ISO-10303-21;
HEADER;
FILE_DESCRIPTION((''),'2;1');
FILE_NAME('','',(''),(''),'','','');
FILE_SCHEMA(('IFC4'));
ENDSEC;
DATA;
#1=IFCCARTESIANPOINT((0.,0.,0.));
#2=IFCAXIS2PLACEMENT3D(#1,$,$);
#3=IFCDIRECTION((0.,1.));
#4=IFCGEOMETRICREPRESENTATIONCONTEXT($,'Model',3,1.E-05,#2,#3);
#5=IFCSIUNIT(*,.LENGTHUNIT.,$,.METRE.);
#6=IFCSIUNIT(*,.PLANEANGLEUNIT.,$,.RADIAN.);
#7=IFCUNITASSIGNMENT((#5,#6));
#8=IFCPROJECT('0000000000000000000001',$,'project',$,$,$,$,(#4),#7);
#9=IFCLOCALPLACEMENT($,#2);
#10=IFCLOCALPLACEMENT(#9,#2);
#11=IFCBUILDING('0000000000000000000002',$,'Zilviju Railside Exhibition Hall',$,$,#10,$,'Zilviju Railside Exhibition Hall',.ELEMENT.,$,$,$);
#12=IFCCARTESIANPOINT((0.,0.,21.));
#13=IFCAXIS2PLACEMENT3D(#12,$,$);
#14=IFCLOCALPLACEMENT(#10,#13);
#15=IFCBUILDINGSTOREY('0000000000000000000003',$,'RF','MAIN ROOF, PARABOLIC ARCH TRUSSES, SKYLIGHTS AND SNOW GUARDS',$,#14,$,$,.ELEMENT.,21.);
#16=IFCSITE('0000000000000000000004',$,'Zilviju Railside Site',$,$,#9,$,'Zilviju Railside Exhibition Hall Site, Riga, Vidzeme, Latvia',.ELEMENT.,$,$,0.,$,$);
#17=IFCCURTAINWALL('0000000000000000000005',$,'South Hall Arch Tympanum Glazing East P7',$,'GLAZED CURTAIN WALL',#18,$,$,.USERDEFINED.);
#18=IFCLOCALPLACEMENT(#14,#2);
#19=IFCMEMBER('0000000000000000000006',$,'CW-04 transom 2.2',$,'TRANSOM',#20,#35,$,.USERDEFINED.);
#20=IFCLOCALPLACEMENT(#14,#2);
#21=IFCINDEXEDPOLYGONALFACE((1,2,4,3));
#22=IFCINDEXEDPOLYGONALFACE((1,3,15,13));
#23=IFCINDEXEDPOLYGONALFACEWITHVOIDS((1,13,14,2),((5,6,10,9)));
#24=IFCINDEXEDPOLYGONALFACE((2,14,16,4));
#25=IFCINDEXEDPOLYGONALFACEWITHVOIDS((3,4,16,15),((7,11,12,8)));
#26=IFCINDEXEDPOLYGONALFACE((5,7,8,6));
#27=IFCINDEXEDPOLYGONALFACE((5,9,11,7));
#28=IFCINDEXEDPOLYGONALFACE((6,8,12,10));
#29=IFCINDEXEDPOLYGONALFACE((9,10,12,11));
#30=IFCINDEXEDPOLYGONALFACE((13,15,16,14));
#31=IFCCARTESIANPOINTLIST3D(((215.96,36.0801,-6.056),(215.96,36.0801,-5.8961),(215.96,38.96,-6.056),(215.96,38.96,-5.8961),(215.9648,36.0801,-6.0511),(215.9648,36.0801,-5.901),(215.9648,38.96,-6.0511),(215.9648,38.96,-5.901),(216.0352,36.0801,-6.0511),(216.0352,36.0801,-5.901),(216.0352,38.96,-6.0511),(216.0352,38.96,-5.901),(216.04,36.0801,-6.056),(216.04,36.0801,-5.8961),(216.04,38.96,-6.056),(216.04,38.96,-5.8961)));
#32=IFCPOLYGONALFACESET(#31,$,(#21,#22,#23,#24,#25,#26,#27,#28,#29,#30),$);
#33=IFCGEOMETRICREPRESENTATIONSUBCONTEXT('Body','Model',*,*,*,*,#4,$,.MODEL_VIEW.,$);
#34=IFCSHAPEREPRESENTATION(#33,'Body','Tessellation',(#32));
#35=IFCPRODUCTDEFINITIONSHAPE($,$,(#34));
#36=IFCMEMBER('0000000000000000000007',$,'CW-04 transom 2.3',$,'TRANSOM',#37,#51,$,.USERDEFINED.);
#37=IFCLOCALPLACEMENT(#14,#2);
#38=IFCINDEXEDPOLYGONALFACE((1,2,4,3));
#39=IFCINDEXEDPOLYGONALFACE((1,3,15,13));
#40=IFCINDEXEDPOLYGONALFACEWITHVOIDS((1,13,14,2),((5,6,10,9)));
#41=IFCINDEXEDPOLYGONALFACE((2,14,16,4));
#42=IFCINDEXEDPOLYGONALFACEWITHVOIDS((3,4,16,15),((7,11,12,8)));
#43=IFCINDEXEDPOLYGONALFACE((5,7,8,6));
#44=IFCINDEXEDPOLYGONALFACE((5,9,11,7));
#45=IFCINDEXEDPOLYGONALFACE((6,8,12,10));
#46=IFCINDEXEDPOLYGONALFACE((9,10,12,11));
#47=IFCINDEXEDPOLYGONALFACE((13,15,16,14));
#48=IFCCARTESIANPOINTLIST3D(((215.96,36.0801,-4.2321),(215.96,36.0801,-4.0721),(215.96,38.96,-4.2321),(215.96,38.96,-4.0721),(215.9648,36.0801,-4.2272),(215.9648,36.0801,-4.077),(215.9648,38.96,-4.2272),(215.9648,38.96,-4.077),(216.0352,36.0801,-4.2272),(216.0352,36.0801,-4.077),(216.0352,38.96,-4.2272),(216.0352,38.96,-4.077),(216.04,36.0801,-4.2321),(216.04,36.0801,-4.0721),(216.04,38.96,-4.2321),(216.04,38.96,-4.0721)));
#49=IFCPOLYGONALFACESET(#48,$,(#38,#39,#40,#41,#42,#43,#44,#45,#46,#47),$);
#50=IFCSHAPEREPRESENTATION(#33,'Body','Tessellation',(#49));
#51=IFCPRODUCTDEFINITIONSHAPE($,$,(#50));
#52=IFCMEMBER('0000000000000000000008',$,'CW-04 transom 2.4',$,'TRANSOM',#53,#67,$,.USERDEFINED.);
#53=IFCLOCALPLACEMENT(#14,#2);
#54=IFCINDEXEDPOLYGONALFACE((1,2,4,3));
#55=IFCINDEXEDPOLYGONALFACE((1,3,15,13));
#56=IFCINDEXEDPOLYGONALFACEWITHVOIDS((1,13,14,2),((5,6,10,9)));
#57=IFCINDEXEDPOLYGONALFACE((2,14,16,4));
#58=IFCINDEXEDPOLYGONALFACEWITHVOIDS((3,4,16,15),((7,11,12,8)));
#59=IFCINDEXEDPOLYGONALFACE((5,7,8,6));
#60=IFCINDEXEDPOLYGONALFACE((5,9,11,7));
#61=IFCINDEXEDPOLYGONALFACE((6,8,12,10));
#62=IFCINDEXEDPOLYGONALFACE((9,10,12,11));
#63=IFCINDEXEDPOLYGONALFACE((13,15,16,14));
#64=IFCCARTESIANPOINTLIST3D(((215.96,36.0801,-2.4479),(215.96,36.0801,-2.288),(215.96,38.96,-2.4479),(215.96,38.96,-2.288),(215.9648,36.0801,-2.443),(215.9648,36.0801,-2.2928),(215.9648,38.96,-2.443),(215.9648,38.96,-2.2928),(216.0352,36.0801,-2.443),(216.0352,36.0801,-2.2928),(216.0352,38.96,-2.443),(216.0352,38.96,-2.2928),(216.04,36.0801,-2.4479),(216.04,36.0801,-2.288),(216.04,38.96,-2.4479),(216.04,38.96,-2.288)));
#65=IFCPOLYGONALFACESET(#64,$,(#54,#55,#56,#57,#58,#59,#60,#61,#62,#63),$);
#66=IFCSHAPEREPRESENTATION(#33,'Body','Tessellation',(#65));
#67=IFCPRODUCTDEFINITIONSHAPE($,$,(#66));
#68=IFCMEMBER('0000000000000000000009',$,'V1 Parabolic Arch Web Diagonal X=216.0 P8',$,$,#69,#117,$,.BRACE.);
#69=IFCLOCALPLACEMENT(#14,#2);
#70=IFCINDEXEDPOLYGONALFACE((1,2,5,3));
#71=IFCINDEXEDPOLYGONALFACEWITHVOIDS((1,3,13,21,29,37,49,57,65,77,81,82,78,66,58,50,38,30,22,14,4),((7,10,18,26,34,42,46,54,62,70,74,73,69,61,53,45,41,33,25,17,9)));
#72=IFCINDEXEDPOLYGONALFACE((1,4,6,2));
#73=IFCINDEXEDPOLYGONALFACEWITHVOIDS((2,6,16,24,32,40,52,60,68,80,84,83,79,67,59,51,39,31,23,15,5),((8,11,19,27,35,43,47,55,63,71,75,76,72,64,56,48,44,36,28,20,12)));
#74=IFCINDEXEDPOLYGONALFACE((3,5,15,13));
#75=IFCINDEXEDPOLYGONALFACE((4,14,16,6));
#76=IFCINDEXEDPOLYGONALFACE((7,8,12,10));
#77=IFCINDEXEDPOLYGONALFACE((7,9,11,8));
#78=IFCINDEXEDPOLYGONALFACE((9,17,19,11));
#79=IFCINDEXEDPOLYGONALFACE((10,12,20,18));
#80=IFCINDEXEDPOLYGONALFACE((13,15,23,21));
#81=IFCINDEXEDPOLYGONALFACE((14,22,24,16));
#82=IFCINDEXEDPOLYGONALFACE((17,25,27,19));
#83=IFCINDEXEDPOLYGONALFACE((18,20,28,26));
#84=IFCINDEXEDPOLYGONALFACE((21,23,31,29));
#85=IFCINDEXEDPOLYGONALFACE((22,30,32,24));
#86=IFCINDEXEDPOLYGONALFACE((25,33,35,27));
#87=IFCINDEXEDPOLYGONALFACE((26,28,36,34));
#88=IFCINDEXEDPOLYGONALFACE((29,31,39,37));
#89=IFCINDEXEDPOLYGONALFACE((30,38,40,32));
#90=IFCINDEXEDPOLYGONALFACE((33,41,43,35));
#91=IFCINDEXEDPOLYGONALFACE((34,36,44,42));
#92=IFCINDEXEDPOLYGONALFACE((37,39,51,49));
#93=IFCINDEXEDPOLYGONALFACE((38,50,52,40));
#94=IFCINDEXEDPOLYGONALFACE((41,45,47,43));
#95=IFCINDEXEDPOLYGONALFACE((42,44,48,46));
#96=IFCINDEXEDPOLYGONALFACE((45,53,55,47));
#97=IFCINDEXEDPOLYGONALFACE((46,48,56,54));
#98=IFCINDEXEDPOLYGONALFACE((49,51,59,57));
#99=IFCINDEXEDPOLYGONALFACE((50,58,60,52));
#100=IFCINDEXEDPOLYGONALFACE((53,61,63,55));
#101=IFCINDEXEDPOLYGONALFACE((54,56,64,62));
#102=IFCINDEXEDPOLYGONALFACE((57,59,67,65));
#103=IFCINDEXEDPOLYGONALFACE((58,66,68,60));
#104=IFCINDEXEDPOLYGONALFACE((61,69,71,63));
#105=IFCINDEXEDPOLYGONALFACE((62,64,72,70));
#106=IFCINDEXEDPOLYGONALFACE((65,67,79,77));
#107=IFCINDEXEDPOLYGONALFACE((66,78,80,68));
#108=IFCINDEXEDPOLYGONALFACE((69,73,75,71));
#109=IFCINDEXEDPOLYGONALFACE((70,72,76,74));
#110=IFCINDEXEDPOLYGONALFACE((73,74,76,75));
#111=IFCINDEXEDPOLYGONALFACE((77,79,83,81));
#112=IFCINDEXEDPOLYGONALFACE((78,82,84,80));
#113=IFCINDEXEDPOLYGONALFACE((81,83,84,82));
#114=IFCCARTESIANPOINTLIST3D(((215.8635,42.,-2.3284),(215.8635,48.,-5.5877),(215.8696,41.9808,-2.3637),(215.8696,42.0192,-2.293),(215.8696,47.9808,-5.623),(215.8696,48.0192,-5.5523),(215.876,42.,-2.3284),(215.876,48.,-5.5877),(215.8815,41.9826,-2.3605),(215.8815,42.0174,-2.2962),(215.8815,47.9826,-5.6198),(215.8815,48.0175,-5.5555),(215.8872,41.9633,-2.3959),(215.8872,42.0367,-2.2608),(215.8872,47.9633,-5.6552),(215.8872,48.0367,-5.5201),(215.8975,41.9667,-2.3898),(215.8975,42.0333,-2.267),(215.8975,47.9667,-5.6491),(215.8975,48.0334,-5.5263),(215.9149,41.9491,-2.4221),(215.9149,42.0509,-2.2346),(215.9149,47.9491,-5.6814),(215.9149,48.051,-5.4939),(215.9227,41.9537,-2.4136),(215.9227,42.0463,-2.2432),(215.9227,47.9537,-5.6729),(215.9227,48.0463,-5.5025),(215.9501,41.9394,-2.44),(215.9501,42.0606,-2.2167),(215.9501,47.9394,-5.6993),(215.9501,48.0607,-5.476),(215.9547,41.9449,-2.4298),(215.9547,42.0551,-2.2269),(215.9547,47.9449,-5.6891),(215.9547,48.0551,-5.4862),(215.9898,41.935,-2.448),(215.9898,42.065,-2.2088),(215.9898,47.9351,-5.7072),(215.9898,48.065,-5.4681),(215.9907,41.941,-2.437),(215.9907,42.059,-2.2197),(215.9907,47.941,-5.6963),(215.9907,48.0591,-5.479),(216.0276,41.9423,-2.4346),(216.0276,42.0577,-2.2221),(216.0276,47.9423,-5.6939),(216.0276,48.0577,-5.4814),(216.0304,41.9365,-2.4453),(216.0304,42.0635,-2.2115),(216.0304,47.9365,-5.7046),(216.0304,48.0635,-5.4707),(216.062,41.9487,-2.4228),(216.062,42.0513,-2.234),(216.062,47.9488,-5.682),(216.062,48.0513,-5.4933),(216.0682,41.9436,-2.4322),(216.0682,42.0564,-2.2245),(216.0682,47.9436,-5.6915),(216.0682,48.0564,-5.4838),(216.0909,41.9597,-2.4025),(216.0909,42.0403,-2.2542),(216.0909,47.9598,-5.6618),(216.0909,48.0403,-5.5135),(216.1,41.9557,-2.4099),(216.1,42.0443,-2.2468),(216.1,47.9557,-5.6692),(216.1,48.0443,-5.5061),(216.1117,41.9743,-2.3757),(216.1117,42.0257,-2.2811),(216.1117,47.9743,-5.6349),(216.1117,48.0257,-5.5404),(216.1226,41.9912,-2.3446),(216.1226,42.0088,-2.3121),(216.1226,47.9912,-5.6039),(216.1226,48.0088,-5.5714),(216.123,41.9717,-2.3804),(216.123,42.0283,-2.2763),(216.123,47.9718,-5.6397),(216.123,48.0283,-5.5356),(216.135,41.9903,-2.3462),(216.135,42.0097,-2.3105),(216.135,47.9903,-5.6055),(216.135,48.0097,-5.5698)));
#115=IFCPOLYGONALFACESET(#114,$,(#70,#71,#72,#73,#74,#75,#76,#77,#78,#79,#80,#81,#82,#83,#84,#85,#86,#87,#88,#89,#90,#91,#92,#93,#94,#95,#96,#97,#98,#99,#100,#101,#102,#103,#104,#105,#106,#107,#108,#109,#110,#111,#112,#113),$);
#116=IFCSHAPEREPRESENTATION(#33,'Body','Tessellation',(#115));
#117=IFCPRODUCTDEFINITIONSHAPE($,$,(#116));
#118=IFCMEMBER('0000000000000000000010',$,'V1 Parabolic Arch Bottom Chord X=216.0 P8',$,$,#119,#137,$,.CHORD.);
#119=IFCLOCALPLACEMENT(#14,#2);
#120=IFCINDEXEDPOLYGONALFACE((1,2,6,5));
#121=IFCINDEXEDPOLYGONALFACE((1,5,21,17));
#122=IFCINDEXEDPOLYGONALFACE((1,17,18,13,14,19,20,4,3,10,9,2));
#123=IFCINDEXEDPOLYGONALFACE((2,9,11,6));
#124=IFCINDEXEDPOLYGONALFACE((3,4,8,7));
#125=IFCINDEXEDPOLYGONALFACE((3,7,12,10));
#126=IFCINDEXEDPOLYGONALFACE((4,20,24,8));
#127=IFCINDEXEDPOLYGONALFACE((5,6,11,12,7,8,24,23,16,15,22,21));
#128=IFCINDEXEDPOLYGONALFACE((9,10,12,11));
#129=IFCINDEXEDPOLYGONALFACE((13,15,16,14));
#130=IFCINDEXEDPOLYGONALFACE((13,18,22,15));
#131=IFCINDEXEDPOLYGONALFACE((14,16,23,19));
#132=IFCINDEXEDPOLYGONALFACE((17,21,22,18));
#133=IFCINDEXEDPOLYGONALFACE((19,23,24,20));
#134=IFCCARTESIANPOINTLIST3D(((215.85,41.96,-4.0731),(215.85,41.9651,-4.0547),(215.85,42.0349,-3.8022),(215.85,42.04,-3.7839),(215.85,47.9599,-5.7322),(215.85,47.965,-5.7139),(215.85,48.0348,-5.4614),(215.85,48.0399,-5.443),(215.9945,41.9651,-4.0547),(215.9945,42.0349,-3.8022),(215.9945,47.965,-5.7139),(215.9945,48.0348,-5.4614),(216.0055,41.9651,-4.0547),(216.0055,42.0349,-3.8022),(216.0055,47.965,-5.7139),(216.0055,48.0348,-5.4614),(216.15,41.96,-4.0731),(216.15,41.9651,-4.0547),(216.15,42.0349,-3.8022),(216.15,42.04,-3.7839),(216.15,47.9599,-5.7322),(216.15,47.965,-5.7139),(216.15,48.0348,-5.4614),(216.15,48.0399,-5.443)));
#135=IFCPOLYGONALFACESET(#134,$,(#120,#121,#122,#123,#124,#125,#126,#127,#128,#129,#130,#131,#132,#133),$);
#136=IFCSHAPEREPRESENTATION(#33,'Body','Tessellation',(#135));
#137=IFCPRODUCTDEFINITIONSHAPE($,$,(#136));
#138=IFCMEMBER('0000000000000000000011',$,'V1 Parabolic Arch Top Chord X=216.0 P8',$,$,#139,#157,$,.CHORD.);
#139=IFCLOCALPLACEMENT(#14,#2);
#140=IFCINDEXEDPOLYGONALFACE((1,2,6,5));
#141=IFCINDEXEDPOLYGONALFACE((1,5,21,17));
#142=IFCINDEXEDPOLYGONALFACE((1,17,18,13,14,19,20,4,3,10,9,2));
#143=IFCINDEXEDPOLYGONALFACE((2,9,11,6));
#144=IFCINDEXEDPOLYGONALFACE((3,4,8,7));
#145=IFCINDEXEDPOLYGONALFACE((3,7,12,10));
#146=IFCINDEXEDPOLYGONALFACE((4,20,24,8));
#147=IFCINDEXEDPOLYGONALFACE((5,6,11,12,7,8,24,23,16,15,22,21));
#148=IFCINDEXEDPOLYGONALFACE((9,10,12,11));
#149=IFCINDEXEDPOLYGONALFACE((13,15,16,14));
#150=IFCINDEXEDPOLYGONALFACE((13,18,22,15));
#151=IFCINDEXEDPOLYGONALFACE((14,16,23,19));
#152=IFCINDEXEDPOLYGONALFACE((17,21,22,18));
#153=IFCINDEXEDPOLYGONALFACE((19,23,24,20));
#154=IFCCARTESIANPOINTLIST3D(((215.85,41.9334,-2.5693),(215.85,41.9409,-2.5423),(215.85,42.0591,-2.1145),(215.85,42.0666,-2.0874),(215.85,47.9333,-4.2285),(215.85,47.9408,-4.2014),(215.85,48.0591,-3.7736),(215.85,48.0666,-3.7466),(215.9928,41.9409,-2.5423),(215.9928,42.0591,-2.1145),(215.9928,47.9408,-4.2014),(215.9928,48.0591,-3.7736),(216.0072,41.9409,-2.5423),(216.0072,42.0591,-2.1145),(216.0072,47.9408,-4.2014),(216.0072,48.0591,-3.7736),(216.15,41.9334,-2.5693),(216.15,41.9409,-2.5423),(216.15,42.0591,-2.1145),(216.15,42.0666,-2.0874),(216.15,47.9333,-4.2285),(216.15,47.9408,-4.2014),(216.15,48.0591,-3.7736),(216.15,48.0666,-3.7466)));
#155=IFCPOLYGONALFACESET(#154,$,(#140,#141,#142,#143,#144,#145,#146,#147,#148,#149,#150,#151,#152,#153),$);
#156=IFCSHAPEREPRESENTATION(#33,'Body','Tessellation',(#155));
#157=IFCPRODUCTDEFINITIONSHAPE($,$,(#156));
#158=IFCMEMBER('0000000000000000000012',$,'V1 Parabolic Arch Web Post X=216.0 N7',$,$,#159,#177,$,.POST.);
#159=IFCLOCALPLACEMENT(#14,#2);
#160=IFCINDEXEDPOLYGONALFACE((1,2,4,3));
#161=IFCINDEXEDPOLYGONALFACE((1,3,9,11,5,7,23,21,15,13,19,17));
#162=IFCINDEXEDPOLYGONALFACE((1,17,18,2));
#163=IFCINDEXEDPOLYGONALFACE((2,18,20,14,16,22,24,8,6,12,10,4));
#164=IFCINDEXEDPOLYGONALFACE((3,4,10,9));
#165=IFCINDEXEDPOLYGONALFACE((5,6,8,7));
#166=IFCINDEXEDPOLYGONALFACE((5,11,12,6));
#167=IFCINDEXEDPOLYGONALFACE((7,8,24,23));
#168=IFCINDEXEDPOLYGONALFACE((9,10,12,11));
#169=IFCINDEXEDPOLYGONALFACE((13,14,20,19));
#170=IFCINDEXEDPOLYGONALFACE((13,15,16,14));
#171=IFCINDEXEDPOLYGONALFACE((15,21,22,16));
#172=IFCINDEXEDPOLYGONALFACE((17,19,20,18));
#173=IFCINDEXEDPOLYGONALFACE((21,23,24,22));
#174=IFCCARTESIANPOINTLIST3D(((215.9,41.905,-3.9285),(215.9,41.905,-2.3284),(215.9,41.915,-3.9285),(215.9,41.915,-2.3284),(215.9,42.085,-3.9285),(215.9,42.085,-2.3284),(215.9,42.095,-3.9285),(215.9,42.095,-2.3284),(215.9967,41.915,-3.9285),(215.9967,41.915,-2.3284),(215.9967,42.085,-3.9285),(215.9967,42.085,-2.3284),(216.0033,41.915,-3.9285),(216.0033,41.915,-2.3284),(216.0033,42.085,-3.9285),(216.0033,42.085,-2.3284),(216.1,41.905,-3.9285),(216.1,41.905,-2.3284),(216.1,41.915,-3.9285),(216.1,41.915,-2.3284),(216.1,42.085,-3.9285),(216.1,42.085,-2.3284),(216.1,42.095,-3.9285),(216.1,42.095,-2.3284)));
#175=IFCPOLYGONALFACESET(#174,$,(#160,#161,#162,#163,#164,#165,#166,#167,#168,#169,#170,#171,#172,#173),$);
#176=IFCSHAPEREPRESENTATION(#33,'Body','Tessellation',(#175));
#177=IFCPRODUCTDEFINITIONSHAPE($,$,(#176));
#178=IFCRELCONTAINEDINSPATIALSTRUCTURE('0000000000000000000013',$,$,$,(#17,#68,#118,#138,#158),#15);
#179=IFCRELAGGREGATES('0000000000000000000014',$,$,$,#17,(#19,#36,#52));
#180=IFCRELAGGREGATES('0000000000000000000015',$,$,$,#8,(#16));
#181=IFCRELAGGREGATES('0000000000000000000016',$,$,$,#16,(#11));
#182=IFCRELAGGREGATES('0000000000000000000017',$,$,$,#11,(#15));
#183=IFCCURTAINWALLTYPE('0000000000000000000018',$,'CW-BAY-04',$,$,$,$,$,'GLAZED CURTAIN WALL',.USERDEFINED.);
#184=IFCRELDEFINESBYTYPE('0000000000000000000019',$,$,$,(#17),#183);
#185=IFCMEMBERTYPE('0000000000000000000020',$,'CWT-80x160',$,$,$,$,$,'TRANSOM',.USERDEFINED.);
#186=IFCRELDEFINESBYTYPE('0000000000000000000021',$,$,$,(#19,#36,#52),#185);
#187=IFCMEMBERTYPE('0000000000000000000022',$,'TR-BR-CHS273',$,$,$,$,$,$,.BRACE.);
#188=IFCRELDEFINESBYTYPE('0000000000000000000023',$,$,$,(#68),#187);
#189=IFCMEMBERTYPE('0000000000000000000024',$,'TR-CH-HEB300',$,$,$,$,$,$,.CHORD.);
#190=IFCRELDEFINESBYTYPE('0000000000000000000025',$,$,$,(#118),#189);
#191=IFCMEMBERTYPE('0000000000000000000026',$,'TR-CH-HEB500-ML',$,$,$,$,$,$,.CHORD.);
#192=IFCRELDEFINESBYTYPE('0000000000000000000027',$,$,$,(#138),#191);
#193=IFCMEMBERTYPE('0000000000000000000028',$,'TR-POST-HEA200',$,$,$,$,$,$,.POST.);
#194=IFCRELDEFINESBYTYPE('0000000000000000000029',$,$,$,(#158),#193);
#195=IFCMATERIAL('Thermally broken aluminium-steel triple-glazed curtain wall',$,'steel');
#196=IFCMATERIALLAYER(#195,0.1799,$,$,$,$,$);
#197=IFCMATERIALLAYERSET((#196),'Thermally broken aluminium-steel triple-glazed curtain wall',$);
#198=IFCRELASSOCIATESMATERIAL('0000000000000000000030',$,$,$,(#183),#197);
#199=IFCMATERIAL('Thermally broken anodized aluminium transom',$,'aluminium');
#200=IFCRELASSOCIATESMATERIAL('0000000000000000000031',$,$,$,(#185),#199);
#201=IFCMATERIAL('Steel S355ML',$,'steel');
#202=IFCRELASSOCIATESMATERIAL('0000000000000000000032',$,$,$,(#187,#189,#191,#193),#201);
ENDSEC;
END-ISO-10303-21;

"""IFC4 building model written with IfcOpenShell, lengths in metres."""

from ifc_helpers import new_model, si_unit, direction, frame, origin, origin_2d, place, context, subcontext, project, spatial, hollow_rectangle, hollow_circle, i_section, extrude, material, layer, layer_set, material_profile, profile_set, type_object, element, aggregate, save


model = new_model("IFC4")

# Units and contexts
model_context = context("Model", 3, precision=1e-05, world=origin(), true_north=direction((0.0, 1.0)))
body_context = subcontext(model_context, "Body", "Model", "MODEL_VIEW")
ifc_project = project(units=[si_unit("LENGTHUNIT", "METRE"), si_unit("PLANEANGLEUNIT", "RADIAN")], contexts=[model_context])

# Site, building, storey
site_placement = place(None, origin())
site = spatial("IfcSite", under=ifc_project, at=site_placement, Name="Zilviju Railside Site", LongName="Zilviju Railside Exhibition Hall Site, Riga, Vidzeme, Latvia", CompositionType="ELEMENT", RefElevation=0.0)
building_placement = place(site_placement, origin())
building = spatial("IfcBuilding", under=site, at=building_placement, Name="Zilviju Railside Exhibition Hall", LongName="Zilviju Railside Exhibition Hall", CompositionType="ELEMENT")
storey_placement = place(building_placement, frame((0.0, 0.0, 21.0)))
storey = spatial("IfcBuildingStorey", under=building, at=storey_placement, Name="RF", Description="MAIN ROOF, PARABOLIC ARCH TRUSSES, SKYLIGHTS AND SNOW GUARDS", CompositionType="ELEMENT", Elevation=21.0)

# Shared definitions
ifc_material_1 = material(Name="Thermally broken aluminium-steel triple-glazed curtain wall", Category="steel")

# Curtain wall
ifc_layer_1 = layer(ifc_material_1, 0.1799)
ifc_layer_set_1 = layer_set([ifc_layer_1], Name="Thermally broken aluminium-steel triple-glazed curtain wall")
curtain_wall_type_1 = type_object("IfcCurtainWallType", Name="CW-BAY-04", ElementType="GLAZED CURTAIN WALL", PredefinedType="USERDEFINED", material=ifc_layer_set_1)
curtain_wall_1_placement = place(storey_placement, origin())
curtain_wall_1 = element("IfcCurtainWall", 1, at=curtain_wall_1_placement, inside=storey, type_object=curtain_wall_type_1, Name="South Hall Arch Tympanum Glazing East P7", ObjectType="GLAZED CURTAIN WALL", PredefinedType="USERDEFINED")

# Members
ifc_material_2 = material(Name="Thermally broken anodized aluminium transom", Category="aluminium")
ifc_material_profile_1 = material_profile(ifc_material_2, hollow_rectangle(XDim=0.0801, YDim=0.1599, WallThickness=0.0049, at=origin_2d()), Name="TRANSOM 160x80x5")
ifc_profile_set_1 = profile_set([ifc_material_profile_1], Name="Thermally broken anodized aluminium transom")
member_type_1 = type_object("IfcMemberType", Name="CWT-80x160", ElementType="TRANSOM", PredefinedType="USERDEFINED", material=ifc_profile_set_1)
member_1_placement = place(storey_placement, frame((216.0, 38.96, -5.9761), z_axis=(0.0, -1.0, 0.0), x_axis=(1.0, 0.0, 0.0)))
member_1 = element("IfcMember", 2, at=member_1_placement, type_object=member_type_1, Name="CW-04 transom 2.2", ObjectType="TRANSOM", PredefinedType="USERDEFINED", context=body_context, shape_type="SweptSolid", body=[
    extrude(hollow_rectangle(XDim=0.0801, YDim=0.1599, WallThickness=0.0049, at=origin_2d()), origin(), (0.0, 0.0, 1.0), 2.8799),
])
member_2_placement = place(storey_placement, frame((216.0, 38.96, -4.1521), z_axis=(0.0, -1.0, 0.0), x_axis=(1.0, 0.0, 0.0)))
member_2 = element("IfcMember", 3, at=member_2_placement, type_object=member_type_1, Name="CW-04 transom 2.3", ObjectType="TRANSOM", PredefinedType="USERDEFINED", context=body_context, shape_type="SweptSolid", body=[
    extrude(hollow_rectangle(XDim=0.0801, YDim=0.1599, WallThickness=0.0049, at=origin_2d()), origin(), (0.0, 0.0, 1.0), 2.8799),
])
member_3_placement = place(storey_placement, frame((216.0, 38.96, -2.3679), z_axis=(0.0, -1.0, 0.0), x_axis=(1.0, 0.0, 0.0)))
member_3 = element("IfcMember", 4, at=member_3_placement, type_object=member_type_1, Name="CW-04 transom 2.4", ObjectType="TRANSOM", PredefinedType="USERDEFINED", context=body_context, shape_type="SweptSolid", body=[
    extrude(hollow_rectangle(XDim=0.0801, YDim=0.1599, WallThickness=0.0049, at=origin_2d()), origin(), (0.0, 0.0, 1.0), 2.8799),
])

# Members
ifc_material_3 = material(Name="Steel S355ML", Category="steel")
ifc_material_profile_2 = material_profile(ifc_material_3, hollow_circle(Radius=0.1365, WallThickness=0.0125, at=origin_2d()), Name="CHS 273.0x12.5")
ifc_profile_set_2 = profile_set([ifc_material_profile_2], Name="Steel S355ML")
member_type_2 = type_object("IfcMemberType", Name="TR-BR-CHS273", PredefinedType="BRACE", material=ifc_profile_set_2)
member_4_placement = place(storey_placement, frame((216.0, 42.0, -2.3284), z_axis=(0.0, 0.878722, -0.477333), x_axis=(-1.0, 0.0, 0.0)))
element("IfcMember", 5, at=member_4_placement, inside=storey, type_object=member_type_2, Name="V1 Parabolic Arch Web Diagonal X=216.0 P8", PredefinedType="BRACE", context=body_context, shape_type="SweptSolid", body=[
    extrude(hollow_circle(Radius=0.1365, WallThickness=0.0125, at=origin_2d()), origin(), (0.0, 0.0, 1.0), 6.8281),
])
ifc_material_profile_3 = material_profile(ifc_material_3, i_section(OverallWidth=0.3, OverallDepth=0.3, WebThickness=0.011, FlangeThickness=0.019, at=origin_2d()), Name="HEB 300")
ifc_profile_set_3 = profile_set([ifc_material_profile_3], Name="Steel S355ML")
member_type_3 = type_object("IfcMemberType", Name="TR-CH-HEB300", PredefinedType="CHORD", material=ifc_profile_set_3)
member_5_placement = place(storey_placement, frame((216.0, 42.0, -3.9285), z_axis=(0.0, 0.963827, -0.266527), x_axis=(-1.0, 0.0, 0.0)))
element("IfcMember", 6, at=member_5_placement, inside=storey, type_object=member_type_3, Name="V1 Parabolic Arch Bottom Chord X=216.0 P8", PredefinedType="CHORD", context=body_context, shape_type="SweptSolid", body=[
    extrude(i_section(OverallWidth=0.3, OverallDepth=0.3, WebThickness=0.011, FlangeThickness=0.019, at=origin_2d()), origin(), (0.0, 0.0, 1.0), 6.2251),
])
ifc_material_profile_4 = material_profile(ifc_material_3, i_section(OverallWidth=0.3, OverallDepth=0.5, WebThickness=0.0144, FlangeThickness=0.0281, at=origin_2d()), Name="HEB 500")
ifc_profile_set_4 = profile_set([ifc_material_profile_4], Name="Steel S355ML")
member_type_4 = type_object("IfcMemberType", Name="TR-CH-HEB500-ML", PredefinedType="CHORD", material=ifc_profile_set_4)
member_6_placement = place(storey_placement, frame((216.0, 42.0, -2.3284), z_axis=(0.0, 0.963827, -0.266527), x_axis=(-1.0, 0.0, 0.0)))
element("IfcMember", 7, at=member_6_placement, inside=storey, type_object=member_type_4, Name="V1 Parabolic Arch Top Chord X=216.0 P8", PredefinedType="CHORD", context=body_context, shape_type="SweptSolid", body=[
    extrude(i_section(OverallWidth=0.3, OverallDepth=0.5, WebThickness=0.0144, FlangeThickness=0.0281, at=origin_2d()), origin(), (0.0, 0.0, 1.0), 6.2251),
])
ifc_material_profile_5 = material_profile(ifc_material_3, i_section(OverallWidth=0.2, OverallDepth=0.1899, WebThickness=0.0066, FlangeThickness=0.01, at=origin_2d()), Name="HEA 200")
ifc_profile_set_5 = profile_set([ifc_material_profile_5], Name="Steel S355ML")
member_type_5 = type_object("IfcMemberType", Name="TR-POST-HEA200", PredefinedType="POST", material=ifc_profile_set_5)
member_7_placement = place(storey_placement, frame((216.0, 42.0, -3.9285), z_axis=(0.0, 0.0, 1.0), x_axis=(1.0, 0.0, 0.0)))
element("IfcMember", 8, at=member_7_placement, inside=storey, type_object=member_type_5, Name="V1 Parabolic Arch Web Post X=216.0 N7", PredefinedType="POST", context=body_context, shape_type="SweptSolid", body=[
    extrude(i_section(OverallWidth=0.2, OverallDepth=0.1899, WebThickness=0.0066, FlangeThickness=0.01, at=origin_2d()), origin(), (0.0, 0.0, 1.0), 1.6001),
])

aggregate(curtain_wall_1, [member_1, member_2, member_3])

save(model, "model.ifc")
